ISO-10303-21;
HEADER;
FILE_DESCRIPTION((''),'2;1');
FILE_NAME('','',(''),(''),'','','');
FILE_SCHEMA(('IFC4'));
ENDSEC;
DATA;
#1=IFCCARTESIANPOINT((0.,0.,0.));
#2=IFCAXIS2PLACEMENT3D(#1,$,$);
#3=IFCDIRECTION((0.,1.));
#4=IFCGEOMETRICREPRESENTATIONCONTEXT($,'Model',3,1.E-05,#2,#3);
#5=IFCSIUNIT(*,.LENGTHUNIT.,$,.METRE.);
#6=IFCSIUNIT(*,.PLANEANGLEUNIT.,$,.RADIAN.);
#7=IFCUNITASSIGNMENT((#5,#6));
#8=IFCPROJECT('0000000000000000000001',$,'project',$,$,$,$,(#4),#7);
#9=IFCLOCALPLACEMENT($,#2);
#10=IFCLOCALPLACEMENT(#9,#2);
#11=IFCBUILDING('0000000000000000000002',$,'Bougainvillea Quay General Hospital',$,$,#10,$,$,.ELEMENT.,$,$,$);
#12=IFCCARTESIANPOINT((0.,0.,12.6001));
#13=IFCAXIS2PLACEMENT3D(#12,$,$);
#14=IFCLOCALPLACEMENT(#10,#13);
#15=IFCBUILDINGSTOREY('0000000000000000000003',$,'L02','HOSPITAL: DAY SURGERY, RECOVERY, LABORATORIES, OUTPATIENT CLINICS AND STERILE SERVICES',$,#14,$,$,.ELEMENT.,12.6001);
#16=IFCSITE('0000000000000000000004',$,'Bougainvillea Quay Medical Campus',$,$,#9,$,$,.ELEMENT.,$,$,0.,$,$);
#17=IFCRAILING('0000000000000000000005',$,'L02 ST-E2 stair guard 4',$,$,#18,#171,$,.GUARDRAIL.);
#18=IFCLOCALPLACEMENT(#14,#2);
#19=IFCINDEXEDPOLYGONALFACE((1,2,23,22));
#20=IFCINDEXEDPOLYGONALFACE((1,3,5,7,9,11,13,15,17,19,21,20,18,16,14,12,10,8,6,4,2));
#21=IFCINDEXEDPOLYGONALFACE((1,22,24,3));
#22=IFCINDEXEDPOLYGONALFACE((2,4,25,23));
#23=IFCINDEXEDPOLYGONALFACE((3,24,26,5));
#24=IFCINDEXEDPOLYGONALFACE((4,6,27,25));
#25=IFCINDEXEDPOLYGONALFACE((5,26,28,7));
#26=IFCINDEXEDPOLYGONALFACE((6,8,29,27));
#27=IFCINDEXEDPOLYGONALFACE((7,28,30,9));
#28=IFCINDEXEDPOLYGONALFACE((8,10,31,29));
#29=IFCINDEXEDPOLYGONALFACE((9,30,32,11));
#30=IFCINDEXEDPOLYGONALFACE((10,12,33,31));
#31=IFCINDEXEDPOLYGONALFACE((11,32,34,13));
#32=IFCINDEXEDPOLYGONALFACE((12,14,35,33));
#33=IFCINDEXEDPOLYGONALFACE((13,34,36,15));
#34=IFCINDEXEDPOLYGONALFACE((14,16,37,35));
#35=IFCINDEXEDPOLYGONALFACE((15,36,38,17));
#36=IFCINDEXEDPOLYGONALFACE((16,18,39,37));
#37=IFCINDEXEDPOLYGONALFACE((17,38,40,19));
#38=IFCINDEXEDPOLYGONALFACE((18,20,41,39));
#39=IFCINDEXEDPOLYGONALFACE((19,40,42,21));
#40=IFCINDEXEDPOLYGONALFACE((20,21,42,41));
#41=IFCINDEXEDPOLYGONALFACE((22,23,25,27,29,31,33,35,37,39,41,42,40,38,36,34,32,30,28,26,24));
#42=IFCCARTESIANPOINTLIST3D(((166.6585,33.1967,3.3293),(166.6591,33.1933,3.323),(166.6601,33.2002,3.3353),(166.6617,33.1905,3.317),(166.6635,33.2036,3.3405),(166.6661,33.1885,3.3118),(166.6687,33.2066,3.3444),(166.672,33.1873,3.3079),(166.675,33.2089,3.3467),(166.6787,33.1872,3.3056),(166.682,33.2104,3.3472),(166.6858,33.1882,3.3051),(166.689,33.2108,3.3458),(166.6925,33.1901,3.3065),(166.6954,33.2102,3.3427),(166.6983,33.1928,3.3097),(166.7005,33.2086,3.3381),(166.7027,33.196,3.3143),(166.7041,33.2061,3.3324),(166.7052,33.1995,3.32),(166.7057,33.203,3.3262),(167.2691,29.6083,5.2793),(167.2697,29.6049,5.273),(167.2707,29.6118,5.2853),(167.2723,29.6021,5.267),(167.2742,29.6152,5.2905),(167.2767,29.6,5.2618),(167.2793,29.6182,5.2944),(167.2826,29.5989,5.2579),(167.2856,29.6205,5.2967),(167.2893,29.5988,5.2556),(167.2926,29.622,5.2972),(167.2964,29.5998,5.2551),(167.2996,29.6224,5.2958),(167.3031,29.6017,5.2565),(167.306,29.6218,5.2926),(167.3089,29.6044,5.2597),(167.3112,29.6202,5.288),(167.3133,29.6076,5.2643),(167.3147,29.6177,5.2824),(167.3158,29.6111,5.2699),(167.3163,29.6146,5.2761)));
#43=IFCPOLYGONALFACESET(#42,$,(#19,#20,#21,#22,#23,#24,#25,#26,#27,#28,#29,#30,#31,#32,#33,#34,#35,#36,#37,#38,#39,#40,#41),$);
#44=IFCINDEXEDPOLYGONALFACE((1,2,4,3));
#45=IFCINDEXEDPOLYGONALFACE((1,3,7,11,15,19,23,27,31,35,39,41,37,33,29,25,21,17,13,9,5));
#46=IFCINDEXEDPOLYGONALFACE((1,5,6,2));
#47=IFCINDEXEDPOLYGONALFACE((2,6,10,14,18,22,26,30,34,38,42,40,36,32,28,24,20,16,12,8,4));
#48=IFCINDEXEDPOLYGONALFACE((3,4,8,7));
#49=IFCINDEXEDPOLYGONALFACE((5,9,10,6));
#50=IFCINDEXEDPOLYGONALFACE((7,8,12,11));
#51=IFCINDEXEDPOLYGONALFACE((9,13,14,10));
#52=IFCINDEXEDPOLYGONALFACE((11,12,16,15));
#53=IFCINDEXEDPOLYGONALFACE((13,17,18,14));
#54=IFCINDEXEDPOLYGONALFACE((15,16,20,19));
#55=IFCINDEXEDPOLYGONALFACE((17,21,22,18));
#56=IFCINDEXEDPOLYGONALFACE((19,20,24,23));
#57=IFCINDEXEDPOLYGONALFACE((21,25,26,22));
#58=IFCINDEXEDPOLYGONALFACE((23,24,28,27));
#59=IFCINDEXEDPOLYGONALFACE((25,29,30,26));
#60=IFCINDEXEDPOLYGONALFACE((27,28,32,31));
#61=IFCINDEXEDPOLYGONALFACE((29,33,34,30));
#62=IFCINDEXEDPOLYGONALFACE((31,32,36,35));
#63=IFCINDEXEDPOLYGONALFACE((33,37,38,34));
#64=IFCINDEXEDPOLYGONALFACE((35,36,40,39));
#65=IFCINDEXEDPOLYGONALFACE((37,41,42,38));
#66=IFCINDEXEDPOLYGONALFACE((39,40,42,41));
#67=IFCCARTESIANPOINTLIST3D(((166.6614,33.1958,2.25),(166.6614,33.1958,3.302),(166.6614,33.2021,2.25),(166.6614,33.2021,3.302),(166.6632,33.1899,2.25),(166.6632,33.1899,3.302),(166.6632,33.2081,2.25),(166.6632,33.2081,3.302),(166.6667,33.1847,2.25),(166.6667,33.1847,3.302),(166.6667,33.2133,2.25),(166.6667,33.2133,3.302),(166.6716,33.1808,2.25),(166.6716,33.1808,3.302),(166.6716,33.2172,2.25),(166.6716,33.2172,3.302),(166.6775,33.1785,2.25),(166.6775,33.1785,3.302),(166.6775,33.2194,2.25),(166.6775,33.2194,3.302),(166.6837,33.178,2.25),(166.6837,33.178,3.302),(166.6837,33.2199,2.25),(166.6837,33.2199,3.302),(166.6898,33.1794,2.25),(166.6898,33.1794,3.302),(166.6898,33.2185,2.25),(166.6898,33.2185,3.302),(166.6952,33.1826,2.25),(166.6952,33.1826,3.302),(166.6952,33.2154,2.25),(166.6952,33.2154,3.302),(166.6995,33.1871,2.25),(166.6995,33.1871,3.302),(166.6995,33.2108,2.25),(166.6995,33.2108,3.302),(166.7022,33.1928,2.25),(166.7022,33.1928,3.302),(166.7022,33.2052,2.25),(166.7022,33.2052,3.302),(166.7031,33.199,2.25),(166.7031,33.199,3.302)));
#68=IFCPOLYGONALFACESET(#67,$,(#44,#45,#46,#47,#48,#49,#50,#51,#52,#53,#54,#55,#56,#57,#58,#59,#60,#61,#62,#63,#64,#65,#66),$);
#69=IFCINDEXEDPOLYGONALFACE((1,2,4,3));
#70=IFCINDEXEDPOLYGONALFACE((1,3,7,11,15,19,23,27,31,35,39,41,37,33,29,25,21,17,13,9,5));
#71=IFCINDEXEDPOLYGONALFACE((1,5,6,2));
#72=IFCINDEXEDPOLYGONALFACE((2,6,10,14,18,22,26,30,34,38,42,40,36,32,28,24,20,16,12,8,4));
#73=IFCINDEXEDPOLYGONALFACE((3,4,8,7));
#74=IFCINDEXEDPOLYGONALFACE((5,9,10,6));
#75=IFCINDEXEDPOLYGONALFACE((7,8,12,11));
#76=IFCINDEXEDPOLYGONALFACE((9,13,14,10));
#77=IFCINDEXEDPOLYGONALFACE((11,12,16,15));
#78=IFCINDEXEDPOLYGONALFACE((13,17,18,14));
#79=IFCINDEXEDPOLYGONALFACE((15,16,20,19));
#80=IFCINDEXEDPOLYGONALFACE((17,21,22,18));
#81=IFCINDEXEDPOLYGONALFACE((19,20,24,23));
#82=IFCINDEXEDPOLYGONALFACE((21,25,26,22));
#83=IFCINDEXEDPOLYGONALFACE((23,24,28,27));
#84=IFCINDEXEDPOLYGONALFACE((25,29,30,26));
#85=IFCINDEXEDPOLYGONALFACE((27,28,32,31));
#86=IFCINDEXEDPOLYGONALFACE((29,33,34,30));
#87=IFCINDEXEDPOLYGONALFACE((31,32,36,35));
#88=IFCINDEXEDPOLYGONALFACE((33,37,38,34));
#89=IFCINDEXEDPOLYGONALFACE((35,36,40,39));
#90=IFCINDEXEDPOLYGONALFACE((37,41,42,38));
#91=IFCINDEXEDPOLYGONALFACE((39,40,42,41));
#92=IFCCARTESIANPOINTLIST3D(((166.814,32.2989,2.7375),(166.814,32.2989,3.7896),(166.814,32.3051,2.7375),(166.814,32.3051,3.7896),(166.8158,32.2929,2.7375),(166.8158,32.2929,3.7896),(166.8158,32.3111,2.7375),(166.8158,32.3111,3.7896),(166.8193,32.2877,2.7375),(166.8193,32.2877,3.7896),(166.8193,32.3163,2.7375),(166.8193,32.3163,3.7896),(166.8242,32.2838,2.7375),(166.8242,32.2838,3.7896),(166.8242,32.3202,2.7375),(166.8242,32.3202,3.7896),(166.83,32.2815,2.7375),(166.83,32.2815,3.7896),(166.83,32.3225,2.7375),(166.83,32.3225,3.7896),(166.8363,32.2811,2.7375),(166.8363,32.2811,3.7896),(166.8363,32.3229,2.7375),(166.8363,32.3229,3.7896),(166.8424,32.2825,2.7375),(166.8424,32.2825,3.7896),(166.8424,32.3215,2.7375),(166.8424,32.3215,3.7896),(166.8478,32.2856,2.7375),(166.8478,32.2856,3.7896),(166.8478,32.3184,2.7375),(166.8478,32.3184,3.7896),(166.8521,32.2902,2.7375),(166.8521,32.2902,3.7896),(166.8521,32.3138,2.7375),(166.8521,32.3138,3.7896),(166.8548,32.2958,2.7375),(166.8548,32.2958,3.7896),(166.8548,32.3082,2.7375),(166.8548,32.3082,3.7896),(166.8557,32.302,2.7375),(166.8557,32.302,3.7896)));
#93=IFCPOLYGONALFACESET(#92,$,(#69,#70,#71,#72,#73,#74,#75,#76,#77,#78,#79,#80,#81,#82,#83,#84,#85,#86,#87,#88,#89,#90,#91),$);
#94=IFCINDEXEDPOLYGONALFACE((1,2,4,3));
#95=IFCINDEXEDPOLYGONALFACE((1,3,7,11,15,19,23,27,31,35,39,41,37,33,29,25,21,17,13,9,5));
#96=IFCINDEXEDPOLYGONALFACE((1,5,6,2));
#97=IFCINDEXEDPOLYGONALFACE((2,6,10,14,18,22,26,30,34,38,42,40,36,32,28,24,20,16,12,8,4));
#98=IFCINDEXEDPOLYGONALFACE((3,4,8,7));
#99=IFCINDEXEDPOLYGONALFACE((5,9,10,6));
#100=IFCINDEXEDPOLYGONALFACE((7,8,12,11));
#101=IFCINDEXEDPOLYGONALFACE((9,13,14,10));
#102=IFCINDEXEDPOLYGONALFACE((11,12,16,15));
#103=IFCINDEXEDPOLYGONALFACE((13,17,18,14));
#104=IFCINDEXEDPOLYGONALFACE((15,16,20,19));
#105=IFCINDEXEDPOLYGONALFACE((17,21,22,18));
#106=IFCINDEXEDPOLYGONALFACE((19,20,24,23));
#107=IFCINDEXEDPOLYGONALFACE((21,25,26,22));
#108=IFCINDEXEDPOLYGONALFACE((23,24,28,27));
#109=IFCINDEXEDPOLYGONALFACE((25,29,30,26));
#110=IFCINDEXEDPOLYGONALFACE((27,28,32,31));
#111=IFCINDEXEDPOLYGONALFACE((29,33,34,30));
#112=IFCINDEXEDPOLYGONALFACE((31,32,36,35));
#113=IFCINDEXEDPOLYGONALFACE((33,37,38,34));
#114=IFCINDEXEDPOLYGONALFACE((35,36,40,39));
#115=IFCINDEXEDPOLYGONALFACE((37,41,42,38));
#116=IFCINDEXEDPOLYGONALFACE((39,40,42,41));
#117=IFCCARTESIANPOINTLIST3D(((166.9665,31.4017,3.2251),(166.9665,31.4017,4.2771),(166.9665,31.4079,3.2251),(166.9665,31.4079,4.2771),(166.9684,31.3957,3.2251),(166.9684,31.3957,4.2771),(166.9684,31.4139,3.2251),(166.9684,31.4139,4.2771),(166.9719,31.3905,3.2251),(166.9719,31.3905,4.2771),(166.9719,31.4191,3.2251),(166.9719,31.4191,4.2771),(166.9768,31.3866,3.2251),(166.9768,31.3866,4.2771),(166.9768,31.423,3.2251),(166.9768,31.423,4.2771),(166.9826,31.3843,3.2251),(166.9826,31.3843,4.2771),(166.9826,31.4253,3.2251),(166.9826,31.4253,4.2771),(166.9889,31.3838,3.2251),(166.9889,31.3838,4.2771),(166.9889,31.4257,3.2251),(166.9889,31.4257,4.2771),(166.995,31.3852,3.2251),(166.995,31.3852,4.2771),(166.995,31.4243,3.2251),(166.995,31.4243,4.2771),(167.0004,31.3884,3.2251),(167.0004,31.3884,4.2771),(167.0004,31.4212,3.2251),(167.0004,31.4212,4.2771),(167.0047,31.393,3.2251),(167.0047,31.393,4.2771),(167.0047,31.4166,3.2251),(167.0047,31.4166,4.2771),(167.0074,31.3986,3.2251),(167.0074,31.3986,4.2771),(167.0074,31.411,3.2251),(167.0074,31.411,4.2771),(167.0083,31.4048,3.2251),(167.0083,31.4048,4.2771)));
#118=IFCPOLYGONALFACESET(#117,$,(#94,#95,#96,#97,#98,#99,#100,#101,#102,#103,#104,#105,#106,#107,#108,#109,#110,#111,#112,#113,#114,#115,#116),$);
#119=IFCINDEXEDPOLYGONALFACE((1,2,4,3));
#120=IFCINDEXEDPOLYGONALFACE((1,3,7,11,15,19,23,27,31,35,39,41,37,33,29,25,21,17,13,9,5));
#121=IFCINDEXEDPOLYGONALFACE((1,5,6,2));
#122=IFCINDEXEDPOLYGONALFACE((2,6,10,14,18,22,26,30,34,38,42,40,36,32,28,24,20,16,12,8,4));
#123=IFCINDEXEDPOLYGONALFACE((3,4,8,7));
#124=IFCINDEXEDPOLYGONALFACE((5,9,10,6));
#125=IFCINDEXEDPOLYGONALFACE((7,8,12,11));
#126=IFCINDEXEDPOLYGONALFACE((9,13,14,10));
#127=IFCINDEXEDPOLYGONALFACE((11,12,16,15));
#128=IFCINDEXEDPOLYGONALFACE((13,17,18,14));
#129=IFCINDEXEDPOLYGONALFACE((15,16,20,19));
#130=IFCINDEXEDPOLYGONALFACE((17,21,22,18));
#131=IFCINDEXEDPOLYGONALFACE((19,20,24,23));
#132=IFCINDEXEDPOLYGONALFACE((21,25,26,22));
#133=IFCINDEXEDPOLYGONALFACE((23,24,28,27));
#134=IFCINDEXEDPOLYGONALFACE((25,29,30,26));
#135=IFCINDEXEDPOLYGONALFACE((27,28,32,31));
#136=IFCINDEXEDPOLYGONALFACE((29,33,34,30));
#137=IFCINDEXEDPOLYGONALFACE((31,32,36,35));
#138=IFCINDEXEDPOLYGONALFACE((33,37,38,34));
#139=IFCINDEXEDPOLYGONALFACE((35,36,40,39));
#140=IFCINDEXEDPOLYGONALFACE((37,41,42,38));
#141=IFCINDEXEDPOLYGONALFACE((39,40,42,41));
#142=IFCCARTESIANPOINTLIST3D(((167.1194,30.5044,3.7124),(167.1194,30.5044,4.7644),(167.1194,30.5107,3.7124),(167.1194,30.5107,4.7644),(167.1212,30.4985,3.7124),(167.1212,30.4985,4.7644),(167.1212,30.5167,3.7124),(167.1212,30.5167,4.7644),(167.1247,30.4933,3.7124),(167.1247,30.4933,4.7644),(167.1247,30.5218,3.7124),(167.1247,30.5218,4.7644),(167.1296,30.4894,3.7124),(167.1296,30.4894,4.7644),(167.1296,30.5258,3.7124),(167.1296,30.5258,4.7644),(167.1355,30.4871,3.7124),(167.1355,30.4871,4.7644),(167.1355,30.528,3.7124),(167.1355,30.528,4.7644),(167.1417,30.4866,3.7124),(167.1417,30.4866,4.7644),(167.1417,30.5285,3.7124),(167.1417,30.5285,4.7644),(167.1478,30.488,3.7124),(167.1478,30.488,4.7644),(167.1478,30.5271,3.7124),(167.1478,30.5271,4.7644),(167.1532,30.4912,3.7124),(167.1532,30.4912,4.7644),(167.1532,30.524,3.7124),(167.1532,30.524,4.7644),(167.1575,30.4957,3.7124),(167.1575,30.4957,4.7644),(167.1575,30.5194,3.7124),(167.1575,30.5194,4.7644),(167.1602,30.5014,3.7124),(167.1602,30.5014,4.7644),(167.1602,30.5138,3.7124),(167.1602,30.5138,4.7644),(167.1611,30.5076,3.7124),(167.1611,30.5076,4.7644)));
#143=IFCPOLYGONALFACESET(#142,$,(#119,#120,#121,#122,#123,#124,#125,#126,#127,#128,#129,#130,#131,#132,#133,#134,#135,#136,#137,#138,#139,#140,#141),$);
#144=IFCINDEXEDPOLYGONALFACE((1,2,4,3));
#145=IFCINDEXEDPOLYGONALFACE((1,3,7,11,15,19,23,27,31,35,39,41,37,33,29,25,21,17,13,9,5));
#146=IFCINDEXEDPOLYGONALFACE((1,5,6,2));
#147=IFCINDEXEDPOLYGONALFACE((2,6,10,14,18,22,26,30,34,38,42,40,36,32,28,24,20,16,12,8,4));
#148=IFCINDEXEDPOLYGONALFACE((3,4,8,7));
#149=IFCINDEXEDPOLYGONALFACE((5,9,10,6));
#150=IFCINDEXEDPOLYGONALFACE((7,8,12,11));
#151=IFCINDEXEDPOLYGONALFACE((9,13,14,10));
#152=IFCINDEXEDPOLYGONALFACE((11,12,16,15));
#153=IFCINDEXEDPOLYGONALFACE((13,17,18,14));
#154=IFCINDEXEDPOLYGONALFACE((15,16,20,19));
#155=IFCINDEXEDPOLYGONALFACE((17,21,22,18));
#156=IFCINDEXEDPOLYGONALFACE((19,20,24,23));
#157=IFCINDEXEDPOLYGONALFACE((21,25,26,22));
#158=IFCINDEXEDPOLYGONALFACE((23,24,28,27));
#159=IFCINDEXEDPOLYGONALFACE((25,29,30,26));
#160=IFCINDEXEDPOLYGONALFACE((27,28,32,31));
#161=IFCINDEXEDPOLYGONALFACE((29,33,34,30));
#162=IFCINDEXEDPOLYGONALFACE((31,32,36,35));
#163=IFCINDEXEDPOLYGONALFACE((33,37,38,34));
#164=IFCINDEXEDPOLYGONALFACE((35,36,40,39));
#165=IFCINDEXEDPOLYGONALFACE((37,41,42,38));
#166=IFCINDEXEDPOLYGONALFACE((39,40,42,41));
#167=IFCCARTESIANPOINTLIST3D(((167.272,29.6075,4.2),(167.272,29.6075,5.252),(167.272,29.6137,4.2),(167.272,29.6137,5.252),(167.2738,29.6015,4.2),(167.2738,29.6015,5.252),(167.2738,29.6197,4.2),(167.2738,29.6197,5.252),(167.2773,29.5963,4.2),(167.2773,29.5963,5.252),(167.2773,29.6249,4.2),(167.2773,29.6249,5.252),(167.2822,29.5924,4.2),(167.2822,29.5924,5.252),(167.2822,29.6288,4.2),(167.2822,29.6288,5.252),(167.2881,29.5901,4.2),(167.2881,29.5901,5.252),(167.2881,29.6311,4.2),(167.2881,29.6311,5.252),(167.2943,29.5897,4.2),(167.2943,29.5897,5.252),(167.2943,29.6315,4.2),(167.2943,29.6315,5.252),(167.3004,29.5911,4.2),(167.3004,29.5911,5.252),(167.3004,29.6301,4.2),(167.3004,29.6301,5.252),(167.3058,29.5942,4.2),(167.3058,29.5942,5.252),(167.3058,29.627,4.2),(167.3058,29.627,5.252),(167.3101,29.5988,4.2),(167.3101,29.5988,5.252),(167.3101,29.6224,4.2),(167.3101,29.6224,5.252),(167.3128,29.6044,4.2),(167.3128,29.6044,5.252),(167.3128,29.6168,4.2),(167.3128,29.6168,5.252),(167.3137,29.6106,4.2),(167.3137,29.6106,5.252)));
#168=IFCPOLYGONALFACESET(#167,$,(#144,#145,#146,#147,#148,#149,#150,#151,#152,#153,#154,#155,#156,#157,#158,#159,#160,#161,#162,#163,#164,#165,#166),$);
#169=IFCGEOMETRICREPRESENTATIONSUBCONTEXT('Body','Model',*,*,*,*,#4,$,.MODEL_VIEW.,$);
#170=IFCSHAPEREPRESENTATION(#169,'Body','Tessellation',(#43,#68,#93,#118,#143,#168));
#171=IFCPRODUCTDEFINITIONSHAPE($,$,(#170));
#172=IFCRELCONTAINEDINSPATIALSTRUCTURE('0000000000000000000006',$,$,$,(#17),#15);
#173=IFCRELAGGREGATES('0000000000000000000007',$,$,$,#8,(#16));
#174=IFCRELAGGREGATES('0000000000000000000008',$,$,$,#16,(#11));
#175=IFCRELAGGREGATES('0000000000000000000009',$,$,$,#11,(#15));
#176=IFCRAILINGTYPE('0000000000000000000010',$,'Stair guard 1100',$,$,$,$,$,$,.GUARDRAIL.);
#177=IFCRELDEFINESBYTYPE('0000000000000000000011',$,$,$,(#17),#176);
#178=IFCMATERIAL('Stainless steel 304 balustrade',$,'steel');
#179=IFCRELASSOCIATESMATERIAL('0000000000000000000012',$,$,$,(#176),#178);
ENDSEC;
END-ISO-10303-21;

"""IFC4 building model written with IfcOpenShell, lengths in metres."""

from ifc_helpers import new_model, si_unit, direction, frame, origin, origin_2d, place, context, subcontext, project, spatial, circle, extrude, material, type_object, element, save


model = new_model("IFC4")

# Units and contexts
model_context = context("Model", 3, precision=1e-05, world=origin(), true_north=direction((0.0, 1.0)))
body_context = subcontext(model_context, "Body", "Model", "MODEL_VIEW")
ifc_project = project(units=[si_unit("LENGTHUNIT", "METRE"), si_unit("PLANEANGLEUNIT", "RADIAN")], contexts=[model_context])

# Site, building, storey
site_placement = place(None, origin())
site = spatial("IfcSite", under=ifc_project, at=site_placement, Name="Bougainvillea Quay Medical Campus", CompositionType="ELEMENT", RefElevation=0.0)
building_placement = place(site_placement, origin())
building = spatial("IfcBuilding", under=site, at=building_placement, Name="Bougainvillea Quay General Hospital", CompositionType="ELEMENT")
storey_placement = place(building_placement, frame((0.0, 0.0, 12.6001)))
storey = spatial("IfcBuildingStorey", under=building, at=storey_placement, Name="L02", Description="HOSPITAL: DAY SURGERY, RECOVERY, LABORATORIES, OUTPATIENT CLINICS AND STERILE SERVICES", CompositionType="ELEMENT", Elevation=12.6001)

# Railing
ifc_material_1 = material(Name="Stainless steel 304 balustrade", Category="steel")
railing_type_1 = type_object("IfcRailingType", Name="Stair guard 1100", PredefinedType="GUARDRAIL", material=ifc_material_1)
railing_1_placement = place(storey_placement, frame((166.6821, 33.199, 2.25)))
element("IfcRailing", 1, at=railing_1_placement, inside=storey, type_object=railing_type_1, Name="L02 ST-E2 stair guard 4", PredefinedType="GUARDRAIL", context=body_context, shape_type="SweptSolid", body=[
    extrude(circle(Radius=0.0239, at=origin_2d()), frame((0.0, 0.0, 1.0762), z_axis=(0.147867, -0.868992, 0.472217), x_axis=(0.98583, 0.167748, 0.0)), (0.0, 0.0, 1.0), 4.1294),
    extrude(circle(Radius=0.021, at=origin_2d()), origin(), (0.0, 0.0, 1.0), 1.052),
    extrude(circle(Radius=0.021, at=origin_2d()), frame((0.1526, -0.897, 0.4875)), (0.0, 0.0, 1.0), 1.052),
    extrude(circle(Radius=0.021, at=origin_2d()), frame((0.3052, -1.7942, 0.9751)), (0.0, 0.0, 1.0), 1.052),
    extrude(circle(Radius=0.021, at=origin_2d()), frame((0.458, -2.6914, 1.4624)), (0.0, 0.0, 1.0), 1.052),
    extrude(circle(Radius=0.021, at=origin_2d()), frame((0.6106, -3.5884, 1.95)), (0.0, 0.0, 1.0), 1.052),
])

save(model, "model.ifc")
